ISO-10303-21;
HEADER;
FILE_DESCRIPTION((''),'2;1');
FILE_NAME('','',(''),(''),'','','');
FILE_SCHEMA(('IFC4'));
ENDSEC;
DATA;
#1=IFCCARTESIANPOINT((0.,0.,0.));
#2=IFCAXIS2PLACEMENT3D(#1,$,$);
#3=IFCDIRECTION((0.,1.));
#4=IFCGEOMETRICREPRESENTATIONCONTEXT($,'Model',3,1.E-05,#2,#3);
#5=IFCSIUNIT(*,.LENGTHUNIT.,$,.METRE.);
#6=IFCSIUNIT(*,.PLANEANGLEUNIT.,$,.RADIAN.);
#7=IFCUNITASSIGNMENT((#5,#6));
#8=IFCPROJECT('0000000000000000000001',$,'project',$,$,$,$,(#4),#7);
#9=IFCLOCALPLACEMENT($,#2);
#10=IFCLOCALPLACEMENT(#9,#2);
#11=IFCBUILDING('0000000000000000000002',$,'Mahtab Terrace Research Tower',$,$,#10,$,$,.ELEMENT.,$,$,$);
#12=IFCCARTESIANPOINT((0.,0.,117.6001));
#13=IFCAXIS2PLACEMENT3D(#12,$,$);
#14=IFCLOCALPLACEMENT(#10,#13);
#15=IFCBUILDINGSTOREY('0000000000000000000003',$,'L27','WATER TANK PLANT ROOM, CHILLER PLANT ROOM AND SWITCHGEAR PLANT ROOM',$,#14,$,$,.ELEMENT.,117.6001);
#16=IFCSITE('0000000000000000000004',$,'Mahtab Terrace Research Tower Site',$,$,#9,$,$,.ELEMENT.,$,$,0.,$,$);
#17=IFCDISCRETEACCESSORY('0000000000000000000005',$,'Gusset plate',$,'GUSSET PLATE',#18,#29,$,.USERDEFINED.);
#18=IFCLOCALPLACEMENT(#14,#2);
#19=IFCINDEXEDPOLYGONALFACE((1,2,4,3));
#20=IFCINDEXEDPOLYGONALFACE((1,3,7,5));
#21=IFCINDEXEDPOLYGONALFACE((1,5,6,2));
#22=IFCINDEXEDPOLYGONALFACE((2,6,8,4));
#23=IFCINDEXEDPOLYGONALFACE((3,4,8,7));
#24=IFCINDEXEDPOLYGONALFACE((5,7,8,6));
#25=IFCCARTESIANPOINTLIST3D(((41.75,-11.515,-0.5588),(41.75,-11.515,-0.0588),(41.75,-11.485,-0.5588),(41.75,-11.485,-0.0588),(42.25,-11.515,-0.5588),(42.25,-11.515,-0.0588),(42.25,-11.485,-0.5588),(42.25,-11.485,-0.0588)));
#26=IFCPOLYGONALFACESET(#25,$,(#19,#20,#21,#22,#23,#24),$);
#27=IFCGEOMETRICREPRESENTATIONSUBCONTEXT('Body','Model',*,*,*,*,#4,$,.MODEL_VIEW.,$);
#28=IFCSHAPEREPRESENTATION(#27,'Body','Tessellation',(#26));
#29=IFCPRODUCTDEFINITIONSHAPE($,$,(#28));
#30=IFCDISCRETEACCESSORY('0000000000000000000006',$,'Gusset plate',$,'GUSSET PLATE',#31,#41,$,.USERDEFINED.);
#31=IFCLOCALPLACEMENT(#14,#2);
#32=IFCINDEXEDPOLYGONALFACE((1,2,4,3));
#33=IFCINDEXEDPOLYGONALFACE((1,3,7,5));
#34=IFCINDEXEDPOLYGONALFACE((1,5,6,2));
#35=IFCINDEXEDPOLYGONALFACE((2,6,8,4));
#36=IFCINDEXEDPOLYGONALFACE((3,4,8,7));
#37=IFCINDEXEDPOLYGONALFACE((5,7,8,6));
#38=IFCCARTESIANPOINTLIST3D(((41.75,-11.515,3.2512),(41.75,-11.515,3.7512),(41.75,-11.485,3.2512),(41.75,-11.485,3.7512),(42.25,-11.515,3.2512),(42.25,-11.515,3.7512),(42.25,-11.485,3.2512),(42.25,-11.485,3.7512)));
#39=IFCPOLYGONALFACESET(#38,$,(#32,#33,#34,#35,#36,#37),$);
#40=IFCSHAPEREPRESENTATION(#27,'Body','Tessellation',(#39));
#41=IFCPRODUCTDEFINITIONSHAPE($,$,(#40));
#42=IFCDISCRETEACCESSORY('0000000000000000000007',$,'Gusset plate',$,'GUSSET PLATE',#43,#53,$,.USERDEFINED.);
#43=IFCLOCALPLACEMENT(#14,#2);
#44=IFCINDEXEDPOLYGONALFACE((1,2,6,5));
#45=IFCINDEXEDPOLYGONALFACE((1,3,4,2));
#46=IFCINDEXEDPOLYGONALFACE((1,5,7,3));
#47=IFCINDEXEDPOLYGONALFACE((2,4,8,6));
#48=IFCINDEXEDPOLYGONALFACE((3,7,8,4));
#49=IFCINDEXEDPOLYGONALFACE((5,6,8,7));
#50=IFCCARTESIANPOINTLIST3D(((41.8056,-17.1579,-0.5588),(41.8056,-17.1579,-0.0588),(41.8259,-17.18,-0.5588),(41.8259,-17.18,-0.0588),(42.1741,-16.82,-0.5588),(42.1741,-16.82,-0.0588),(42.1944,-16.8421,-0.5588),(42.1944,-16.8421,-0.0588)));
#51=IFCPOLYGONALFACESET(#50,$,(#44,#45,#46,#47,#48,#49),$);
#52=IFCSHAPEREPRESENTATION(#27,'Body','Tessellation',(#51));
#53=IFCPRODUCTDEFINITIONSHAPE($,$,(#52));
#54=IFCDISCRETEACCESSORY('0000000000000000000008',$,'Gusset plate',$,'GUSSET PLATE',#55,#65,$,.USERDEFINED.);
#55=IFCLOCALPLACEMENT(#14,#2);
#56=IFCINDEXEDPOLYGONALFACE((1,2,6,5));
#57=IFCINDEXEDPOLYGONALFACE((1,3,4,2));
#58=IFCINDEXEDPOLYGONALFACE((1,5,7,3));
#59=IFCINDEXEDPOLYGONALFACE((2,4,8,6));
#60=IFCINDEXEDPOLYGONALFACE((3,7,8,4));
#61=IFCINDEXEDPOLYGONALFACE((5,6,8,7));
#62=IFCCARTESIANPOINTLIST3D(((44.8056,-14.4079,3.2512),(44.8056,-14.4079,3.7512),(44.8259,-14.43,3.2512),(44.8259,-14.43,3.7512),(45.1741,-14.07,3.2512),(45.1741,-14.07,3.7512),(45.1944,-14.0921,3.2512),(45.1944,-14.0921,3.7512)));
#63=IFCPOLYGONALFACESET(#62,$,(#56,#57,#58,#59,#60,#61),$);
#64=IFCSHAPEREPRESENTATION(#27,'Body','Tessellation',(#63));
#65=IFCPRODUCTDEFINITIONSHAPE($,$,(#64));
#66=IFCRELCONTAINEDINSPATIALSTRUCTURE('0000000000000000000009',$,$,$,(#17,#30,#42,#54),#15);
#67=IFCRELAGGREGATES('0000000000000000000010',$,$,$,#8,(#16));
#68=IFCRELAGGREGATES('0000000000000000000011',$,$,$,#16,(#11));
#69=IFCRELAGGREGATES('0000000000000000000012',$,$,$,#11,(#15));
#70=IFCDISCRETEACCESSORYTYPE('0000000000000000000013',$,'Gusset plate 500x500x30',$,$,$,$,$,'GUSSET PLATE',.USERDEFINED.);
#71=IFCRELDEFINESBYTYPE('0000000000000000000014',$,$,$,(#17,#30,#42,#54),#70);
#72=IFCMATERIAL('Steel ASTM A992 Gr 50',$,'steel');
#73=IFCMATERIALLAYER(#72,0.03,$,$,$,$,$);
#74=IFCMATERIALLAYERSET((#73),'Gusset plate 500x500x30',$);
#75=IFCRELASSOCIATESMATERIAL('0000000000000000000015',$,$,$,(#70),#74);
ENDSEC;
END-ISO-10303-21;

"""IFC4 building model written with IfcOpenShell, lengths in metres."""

from ifc_helpers import new_model, si_unit, direction, frame, origin, origin_2d, place, context, subcontext, project, spatial, rectangle, extrude, material, layer, layer_set, type_object, element, save


model = new_model("IFC4")

# Units and contexts
model_context = context("Model", 3, precision=1e-05, world=origin(), true_north=direction((0.0, 1.0)))
body_context = subcontext(model_context, "Body", "Model", "MODEL_VIEW")
ifc_project = project(units=[si_unit("LENGTHUNIT", "METRE"), si_unit("PLANEANGLEUNIT", "RADIAN")], contexts=[model_context])

# Site, building, storey
site_placement = place(None, origin())
site = spatial("IfcSite", under=ifc_project, at=site_placement, Name="Mahtab Terrace Research Tower Site", CompositionType="ELEMENT", RefElevation=0.0)
building_placement = place(site_placement, origin())
building = spatial("IfcBuilding", under=site, at=building_placement, Name="Mahtab Terrace Research Tower", CompositionType="ELEMENT")
storey_placement = place(building_placement, frame((0.0, 0.0, 117.6001)))
storey = spatial("IfcBuildingStorey", under=building, at=storey_placement, Name="L27", Description="WATER TANK PLANT ROOM, CHILLER PLANT ROOM AND SWITCHGEAR PLANT ROOM", CompositionType="ELEMENT", Elevation=117.6001)

# Shared definitions
ifc_material_1 = material(Name="Steel ASTM A992 Gr 50", Category="steel")

# Discrete accessories
ifc_layer = layer(ifc_material_1, 0.03)
ifc_layer_set = layer_set([ifc_layer], Name="Gusset plate 500x500x30")
discrete_accessory_type_1 = type_object("IfcDiscreteAccessoryType", Name="Gusset plate 500x500x30", ElementType="GUSSET PLATE", PredefinedType="USERDEFINED", material=ifc_layer_set)
for number, where, z_axis, x_axis, name in (
    (1, (42.0, -11.5, -0.5588), (0.0, 0.0, 1.0), (1.0, 0.0, 0.0), "Gusset plate"),
    (2, (42.0, -11.5, 3.2512), (0.0, 0.0, 1.0), (1.0, 0.0, 0.0), "Gusset plate"),
    (3, (42.0, -17.0, -0.5588), (0.0, 0.0, 1.0), (0.737159, 0.675719, 0.0), "Gusset plate"),
    (4, (45.0, -14.25, 3.2512), (0.0, 0.0, 1.0), (0.737159, 0.675719, 0.0), "Gusset plate"),
):
    element("IfcDiscreteAccessory", number, at=place(storey_placement, frame(where, z_axis=z_axis, x_axis=x_axis)), inside=storey, type_object=discrete_accessory_type_1, Name=name, ObjectType="GUSSET PLATE", PredefinedType="USERDEFINED", context=body_context, shape_type="SweptSolid", body=[
        extrude(rectangle(XDim=0.5, YDim=0.03, at=origin_2d()), origin(), (0.0, 0.0, 1.0), 0.5),
    ])

save(model, "model.ifc")
